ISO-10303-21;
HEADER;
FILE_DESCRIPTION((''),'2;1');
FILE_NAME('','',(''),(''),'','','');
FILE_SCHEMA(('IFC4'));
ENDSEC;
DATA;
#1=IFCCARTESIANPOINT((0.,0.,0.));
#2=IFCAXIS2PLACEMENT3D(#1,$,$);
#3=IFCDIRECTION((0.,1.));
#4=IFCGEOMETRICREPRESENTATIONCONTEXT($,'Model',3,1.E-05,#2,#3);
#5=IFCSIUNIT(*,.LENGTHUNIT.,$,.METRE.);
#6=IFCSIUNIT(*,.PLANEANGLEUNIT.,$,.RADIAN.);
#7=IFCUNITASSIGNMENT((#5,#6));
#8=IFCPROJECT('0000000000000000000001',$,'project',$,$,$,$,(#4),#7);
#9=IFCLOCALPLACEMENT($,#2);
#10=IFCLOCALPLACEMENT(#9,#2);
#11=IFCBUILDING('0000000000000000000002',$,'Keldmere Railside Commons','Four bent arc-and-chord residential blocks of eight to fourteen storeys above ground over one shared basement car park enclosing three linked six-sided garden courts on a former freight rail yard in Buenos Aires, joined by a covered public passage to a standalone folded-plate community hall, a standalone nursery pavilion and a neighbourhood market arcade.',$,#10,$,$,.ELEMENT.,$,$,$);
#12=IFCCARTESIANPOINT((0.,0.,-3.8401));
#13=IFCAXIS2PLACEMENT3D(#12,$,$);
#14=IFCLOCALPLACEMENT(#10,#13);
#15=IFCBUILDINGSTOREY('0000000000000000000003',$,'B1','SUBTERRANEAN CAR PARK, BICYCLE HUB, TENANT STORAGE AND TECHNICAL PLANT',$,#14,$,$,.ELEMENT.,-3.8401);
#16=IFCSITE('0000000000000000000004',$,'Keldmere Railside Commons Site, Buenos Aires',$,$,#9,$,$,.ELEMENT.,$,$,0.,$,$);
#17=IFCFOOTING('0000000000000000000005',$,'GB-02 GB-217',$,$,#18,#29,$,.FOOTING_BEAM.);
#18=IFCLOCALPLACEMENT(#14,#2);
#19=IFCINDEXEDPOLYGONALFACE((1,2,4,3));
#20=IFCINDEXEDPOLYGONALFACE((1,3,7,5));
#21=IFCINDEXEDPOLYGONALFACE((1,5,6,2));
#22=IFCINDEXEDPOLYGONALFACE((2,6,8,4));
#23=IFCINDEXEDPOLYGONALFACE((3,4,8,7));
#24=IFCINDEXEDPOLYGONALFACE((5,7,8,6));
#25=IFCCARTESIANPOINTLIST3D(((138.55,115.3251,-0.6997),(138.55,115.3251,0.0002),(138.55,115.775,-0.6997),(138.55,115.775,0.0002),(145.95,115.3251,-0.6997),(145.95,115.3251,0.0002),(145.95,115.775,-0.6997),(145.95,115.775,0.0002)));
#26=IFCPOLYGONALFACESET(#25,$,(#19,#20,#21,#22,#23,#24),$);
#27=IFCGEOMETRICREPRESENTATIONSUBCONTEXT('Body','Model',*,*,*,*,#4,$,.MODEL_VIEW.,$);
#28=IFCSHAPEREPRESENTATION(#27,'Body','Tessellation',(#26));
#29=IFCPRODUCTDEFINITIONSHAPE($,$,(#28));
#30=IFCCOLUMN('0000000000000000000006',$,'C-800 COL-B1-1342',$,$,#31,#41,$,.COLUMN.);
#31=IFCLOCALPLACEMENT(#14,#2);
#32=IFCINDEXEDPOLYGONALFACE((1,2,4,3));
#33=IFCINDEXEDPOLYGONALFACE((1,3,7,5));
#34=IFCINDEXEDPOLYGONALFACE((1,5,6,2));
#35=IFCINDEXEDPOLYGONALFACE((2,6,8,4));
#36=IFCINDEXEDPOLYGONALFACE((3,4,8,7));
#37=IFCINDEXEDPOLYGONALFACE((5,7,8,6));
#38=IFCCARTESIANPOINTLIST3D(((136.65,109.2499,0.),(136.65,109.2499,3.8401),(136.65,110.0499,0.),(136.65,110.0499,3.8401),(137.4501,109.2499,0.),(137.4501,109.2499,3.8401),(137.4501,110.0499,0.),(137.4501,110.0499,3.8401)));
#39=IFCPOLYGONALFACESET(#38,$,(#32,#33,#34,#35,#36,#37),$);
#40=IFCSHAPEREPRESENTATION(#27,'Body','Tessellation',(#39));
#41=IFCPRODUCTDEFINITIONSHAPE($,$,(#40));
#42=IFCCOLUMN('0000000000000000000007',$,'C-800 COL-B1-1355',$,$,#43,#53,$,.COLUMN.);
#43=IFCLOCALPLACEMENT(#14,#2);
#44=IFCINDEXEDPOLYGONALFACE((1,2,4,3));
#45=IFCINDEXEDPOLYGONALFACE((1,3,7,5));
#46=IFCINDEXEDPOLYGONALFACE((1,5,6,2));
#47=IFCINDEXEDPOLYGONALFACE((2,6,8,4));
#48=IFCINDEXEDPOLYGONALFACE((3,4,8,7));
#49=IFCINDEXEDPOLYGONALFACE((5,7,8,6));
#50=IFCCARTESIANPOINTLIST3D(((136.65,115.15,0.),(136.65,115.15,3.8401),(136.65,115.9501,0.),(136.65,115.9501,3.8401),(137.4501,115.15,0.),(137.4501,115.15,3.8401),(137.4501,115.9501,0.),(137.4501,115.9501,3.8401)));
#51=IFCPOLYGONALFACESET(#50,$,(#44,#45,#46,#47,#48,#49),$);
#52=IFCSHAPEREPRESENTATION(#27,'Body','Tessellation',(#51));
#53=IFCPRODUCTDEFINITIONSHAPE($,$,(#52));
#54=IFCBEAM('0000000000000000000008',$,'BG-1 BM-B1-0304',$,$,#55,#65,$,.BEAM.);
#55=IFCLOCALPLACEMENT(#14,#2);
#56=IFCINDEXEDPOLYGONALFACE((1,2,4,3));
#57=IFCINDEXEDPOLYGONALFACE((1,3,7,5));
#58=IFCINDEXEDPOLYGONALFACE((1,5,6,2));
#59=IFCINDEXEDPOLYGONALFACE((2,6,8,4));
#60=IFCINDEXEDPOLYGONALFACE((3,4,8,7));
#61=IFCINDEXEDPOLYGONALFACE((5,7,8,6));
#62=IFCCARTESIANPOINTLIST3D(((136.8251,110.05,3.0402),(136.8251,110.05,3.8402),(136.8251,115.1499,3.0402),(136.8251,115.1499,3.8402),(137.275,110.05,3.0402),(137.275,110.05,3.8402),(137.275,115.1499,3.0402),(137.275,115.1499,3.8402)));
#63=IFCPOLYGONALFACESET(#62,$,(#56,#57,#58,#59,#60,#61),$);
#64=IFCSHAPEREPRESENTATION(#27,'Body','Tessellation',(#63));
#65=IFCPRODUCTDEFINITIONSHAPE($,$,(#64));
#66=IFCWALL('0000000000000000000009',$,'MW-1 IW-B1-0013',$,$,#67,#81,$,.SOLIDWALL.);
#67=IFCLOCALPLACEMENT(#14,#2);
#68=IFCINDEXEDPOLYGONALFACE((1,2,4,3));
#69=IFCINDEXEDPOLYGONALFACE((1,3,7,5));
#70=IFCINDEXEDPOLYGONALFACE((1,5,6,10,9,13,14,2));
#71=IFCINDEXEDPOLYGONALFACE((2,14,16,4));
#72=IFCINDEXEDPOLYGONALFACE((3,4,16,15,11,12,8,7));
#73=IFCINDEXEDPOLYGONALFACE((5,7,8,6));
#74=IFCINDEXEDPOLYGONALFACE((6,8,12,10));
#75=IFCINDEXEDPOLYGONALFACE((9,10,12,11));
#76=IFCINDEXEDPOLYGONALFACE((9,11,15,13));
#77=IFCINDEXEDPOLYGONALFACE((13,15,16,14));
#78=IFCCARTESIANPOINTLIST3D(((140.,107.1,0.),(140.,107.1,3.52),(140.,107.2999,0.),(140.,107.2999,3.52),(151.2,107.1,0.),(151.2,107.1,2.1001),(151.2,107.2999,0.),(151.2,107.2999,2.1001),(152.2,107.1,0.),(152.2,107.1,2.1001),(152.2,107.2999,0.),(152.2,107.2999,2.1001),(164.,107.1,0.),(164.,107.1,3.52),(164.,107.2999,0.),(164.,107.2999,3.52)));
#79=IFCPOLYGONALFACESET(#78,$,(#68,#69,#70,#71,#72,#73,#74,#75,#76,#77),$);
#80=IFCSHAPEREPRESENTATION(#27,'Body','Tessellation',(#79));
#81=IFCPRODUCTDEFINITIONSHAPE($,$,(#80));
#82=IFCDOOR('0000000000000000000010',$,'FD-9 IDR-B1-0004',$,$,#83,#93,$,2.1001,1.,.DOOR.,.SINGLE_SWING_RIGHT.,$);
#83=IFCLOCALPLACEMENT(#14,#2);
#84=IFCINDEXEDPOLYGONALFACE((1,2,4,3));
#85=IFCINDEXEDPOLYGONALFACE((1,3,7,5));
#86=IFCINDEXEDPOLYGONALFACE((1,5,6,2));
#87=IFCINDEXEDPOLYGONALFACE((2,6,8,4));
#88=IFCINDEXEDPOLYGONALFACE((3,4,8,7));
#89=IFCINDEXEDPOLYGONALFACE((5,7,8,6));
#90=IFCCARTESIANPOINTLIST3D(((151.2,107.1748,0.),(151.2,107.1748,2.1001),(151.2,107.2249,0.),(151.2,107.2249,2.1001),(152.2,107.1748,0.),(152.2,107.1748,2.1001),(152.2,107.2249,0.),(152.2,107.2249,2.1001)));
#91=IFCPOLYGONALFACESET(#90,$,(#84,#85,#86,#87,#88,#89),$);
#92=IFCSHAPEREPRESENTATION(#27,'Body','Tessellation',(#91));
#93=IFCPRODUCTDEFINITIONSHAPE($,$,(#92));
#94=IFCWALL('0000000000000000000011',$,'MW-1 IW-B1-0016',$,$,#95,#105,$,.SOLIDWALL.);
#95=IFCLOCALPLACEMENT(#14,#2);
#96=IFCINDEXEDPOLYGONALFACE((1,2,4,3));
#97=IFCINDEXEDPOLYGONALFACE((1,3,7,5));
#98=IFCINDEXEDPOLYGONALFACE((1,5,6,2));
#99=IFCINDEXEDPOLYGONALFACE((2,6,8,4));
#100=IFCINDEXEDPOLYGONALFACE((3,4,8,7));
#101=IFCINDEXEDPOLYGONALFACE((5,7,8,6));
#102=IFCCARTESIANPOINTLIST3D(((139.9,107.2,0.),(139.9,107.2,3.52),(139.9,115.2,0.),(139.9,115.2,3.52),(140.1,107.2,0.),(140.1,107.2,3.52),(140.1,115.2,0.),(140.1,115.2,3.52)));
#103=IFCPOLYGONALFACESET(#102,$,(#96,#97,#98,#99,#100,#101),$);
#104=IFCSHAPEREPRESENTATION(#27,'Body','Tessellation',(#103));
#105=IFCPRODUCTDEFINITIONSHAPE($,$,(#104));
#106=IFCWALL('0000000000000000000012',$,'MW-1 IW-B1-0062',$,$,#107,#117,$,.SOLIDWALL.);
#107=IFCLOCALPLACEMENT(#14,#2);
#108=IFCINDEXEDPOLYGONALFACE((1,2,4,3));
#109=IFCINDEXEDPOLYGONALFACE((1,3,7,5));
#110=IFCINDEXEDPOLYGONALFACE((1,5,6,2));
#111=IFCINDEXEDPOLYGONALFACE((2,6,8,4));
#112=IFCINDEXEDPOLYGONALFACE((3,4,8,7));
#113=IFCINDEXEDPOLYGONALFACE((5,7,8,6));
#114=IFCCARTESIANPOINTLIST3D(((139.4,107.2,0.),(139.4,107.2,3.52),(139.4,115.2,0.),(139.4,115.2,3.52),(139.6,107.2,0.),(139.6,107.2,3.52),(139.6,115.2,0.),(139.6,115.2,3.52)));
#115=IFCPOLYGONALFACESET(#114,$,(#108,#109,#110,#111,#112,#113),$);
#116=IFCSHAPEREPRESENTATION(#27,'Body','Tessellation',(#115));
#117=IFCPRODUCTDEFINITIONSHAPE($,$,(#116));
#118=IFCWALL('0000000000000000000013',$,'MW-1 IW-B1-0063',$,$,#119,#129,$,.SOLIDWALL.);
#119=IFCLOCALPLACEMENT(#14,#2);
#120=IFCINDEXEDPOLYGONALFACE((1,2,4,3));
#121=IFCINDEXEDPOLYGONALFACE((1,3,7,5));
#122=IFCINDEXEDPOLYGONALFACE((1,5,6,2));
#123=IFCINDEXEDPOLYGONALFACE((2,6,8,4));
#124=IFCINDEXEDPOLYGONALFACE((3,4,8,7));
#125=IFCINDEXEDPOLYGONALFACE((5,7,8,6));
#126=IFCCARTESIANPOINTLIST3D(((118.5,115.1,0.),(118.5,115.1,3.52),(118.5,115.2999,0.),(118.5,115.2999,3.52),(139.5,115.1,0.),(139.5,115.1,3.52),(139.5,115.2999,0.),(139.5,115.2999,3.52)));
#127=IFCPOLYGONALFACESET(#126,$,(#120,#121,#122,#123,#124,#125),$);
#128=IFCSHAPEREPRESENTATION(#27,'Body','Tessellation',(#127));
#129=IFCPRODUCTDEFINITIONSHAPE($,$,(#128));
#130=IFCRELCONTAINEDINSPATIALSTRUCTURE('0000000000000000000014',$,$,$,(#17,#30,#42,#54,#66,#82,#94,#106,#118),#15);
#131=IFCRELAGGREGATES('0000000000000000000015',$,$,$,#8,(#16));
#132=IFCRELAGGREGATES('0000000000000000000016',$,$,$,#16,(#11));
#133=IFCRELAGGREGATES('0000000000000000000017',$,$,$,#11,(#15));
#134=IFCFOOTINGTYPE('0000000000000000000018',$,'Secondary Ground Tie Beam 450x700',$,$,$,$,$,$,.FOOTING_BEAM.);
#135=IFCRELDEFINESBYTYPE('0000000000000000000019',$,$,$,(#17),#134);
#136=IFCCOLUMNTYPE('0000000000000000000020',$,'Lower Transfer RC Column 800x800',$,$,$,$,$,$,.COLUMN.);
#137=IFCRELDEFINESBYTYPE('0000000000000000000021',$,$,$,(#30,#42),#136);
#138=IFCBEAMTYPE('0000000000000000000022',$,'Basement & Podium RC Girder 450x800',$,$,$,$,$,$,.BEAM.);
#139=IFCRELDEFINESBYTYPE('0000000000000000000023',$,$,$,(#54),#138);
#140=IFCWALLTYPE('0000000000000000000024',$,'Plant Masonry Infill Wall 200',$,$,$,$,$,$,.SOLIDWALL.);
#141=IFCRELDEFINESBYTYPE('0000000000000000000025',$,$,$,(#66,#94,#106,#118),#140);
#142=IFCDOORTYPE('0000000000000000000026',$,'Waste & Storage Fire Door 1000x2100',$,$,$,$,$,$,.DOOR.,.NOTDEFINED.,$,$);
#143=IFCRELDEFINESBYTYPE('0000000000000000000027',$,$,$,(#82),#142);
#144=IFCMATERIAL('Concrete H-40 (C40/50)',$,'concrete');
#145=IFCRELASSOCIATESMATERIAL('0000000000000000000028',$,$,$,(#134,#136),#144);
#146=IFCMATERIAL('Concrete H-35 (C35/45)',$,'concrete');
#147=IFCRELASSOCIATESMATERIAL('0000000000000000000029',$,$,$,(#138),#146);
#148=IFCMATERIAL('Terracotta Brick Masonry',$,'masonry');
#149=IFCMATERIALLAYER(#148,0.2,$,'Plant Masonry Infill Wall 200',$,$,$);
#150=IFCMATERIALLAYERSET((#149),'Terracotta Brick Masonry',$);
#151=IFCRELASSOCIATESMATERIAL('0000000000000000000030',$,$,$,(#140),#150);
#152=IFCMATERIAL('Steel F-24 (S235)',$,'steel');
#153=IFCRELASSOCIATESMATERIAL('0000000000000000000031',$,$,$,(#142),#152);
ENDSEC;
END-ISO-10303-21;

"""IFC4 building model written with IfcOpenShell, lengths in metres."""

from ifc_helpers import new_model, si_unit, direction, frame, frame_2d, origin, origin_2d, place, context, subcontext, project, spatial, rectangle, extrude, material, layer, layer_set, material_profile, profile_set, type_object, element, fill, save


model = new_model("IFC4")

# Units and contexts
model_context = context("Model", 3, precision=1e-05, world=origin(), true_north=direction((0.0, 1.0)))
body_context = subcontext(model_context, "Body", "Model", "MODEL_VIEW")
ifc_project = project(units=[si_unit("LENGTHUNIT", "METRE"), si_unit("PLANEANGLEUNIT", "RADIAN")], contexts=[model_context])

# Site, building, storey
site_placement = place(None, origin())
site = spatial("IfcSite", under=ifc_project, at=site_placement, Name="Keldmere Railside Commons Site, Buenos Aires", CompositionType="ELEMENT", RefElevation=0.0)
building_placement = place(site_placement, origin())
building = spatial("IfcBuilding", under=site, at=building_placement, Name="Keldmere Railside Commons", Description="Four bent arc-and-chord residential blocks of eight to fourteen storeys above ground over one shared basement car park enclosing three linked six-sided garden courts on a former freight rail yard in Buenos Aires, joined by a covered public passage to a standalone folded-plate community hall, a standalone nursery pavilion and a neighbourhood market arcade.", CompositionType="ELEMENT")
storey_placement = place(building_placement, frame((0.0, 0.0, -3.8401)))
storey = spatial("IfcBuildingStorey", under=building, at=storey_placement, Name="B1", Description="SUBTERRANEAN CAR PARK, BICYCLE HUB, TENANT STORAGE AND TECHNICAL PLANT", CompositionType="ELEMENT", Elevation=-3.8401)

# Footing
ifc_material_1 = material(Name="Concrete H-40 (C40/50)", Category="concrete")
footing_type_1 = type_object("IfcFootingType", Name="Secondary Ground Tie Beam 450x700", PredefinedType="FOOTING_BEAM", material=ifc_material_1)
footing_1_placement = place(storey_placement, frame((142.25, 115.55, -0.6997), z_axis=(0.0, 0.0, 1.0), x_axis=(1.0, 0.0, 0.0)))
element("IfcFooting", 1, at=footing_1_placement, inside=storey, type_object=footing_type_1, Name="GB-02 GB-217", PredefinedType="FOOTING_BEAM", context=body_context, shape_type="SweptSolid", body=[
    extrude(rectangle(XDim=7.3999, YDim=0.45, at=origin_2d()), origin(), (0.0, 0.0, 1.0), 0.7),
])

# Columns
ifc_material_profile_1 = material_profile(ifc_material_1, rectangle(XDim=0.8, YDim=0.8, at=origin_2d()), Name="RC-800x800")
ifc_profile_set_1 = profile_set([ifc_material_profile_1], Name="Concrete H-40 (C40/50)")
column_type = type_object("IfcColumnType", Name="Lower Transfer RC Column 800x800", PredefinedType="COLUMN", material=ifc_profile_set_1)
for number, where, z_axis, x_axis, name in (
    (2, (137.05, 109.6499, 0.0), (0.0, 0.0, 1.0), (1.0, 0.0, 0.0), "C-800 COL-B1-1342"),
    (3, (137.05, 115.55, 0.0), (0.0, 0.0, 1.0), (1.0, 0.0, 0.0), "C-800 COL-B1-1355"),
):
    element("IfcColumn", number, at=place(storey_placement, frame(where, z_axis=z_axis, x_axis=x_axis)), inside=storey, type_object=column_type, Name=name, PredefinedType="COLUMN", context=body_context, shape_type="SweptSolid", body=[
        extrude(rectangle(XDim=0.8, YDim=0.8, at=origin_2d()), origin(), (0.0, 0.0, 1.0), 3.8401),
    ])

# Beam
ifc_material_2 = material(Name="Concrete H-35 (C35/45)", Category="concrete")
ifc_material_profile_2 = material_profile(ifc_material_2, rectangle(XDim=0.45, YDim=0.8, at=origin_2d()), Name="RC-450x800")
ifc_profile_set_2 = profile_set([ifc_material_profile_2], Name="Concrete H-35 (C35/45)")
beam_type = type_object("IfcBeamType", Name="Basement & Podium RC Girder 450x800", PredefinedType="BEAM", material=ifc_profile_set_2)
beam_placement = place(storey_placement, frame((137.05, 110.05, 3.4402), z_axis=(0.0, 1.0, 0.0), x_axis=(-1.0, 0.0, 0.0)))
element("IfcBeam", 4, at=beam_placement, inside=storey, type_object=beam_type, Name="BG-1 BM-B1-0304", PredefinedType="BEAM", context=body_context, shape_type="SweptSolid", body=[
    extrude(rectangle(XDim=0.45, YDim=0.8, at=origin_2d()), origin(), (0.0, 0.0, 1.0), 5.0999),
])

# Wall, opening, door
ifc_material_3 = material(Name="Terracotta Brick Masonry", Category="masonry")
ifc_layer = layer(ifc_material_3, 0.2, Name="Plant Masonry Infill Wall 200")
ifc_layer_set = layer_set([ifc_layer], Name="Terracotta Brick Masonry")
wall_type = type_object("IfcWallType", Name="Plant Masonry Infill Wall 200", PredefinedType="SOLIDWALL", material=ifc_layer_set)
wall_1_placement = place(storey_placement, frame((140.0, 107.2, 0.0), z_axis=(0.0, 0.0, 1.0), x_axis=(1.0, 0.0, 0.0)))
wall_1 = element("IfcWall", 5, at=wall_1_placement, inside=storey, type_object=wall_type, Name="MW-1 IW-B1-0013", PredefinedType="SOLIDWALL", context=body_context, shape_type="SweptSolid", body=[
    extrude(rectangle(XDim=24.0, YDim=0.2, at=frame_2d((12.0, 0.0))), origin(), (0.0, 0.0, 1.0), 3.52),
])
opening_placement = place(wall_1_placement, frame((11.2, 0.0, 0.0)))
opening = element("IfcOpeningElement", 6, at=opening_placement, cuts=wall_1, PredefinedType="OPENING", context=body_context, shape_type="SweptSolid", body=[
    extrude(rectangle(XDim=1.0, YDim=2.1001, at=frame_2d((0.5, 1.05))), frame((0.0, 0.1099, 0.0), z_axis=(0.0, -1.0, 0.0), x_axis=(1.0, 0.0, 0.0)), (0.0, 0.0, 1.0), 0.22),
])
ifc_material_4 = material(Name="Steel F-24 (S235)", Category="steel")
door_type = type_object("IfcDoorType", Name="Waste & Storage Fire Door 1000x2100", OperationType="NOTDEFINED", PredefinedType="DOOR", material=ifc_material_4)
door_placement = place(opening_placement, origin())
door = element("IfcDoor", 7, at=door_placement, inside=storey, type_object=door_type, Name="FD-9 IDR-B1-0004", OperationType="SINGLE_SWING_RIGHT", OverallHeight=2.1001, OverallWidth=1.0, PredefinedType="DOOR", context=body_context, shape_type="SweptSolid", body=[
    extrude(rectangle(XDim=1.0, YDim=2.1001, at=frame_2d((0.5, 1.05))), frame((0.0, 0.0249, 0.0), z_axis=(0.0, -1.0, 0.0), x_axis=(1.0, 0.0, 0.0)), (0.0, 0.0, 1.0), 0.05),
])
fill(opening, door)

# Walls
for number, where, z_axis, x_axis, name in (
    (8, (140.0, 115.2, 0.0), (0.0, 0.0, 1.0), (0.0, -1.0, 0.0), "MW-1 IW-B1-0016"),
    (9, (139.5, 107.2, 0.0), (0.0, 0.0, 1.0), (0.0, 1.0, 0.0), "MW-1 IW-B1-0062"),
):
    element("IfcWall", number, at=place(storey_placement, frame(where, z_axis=z_axis, x_axis=x_axis)), inside=storey, type_object=wall_type, Name=name, PredefinedType="SOLIDWALL", context=body_context, shape_type="SweptSolid", body=[
        extrude(rectangle(XDim=8.0, YDim=0.2, at=frame_2d((4.0, 0.0))), origin(), (0.0, 0.0, 1.0), 3.52),
    ])
wall_2_placement = place(storey_placement, frame((139.5, 115.2, 0.0), z_axis=(0.0, 0.0, 1.0), x_axis=(-1.0, 0.0, 0.0)))
element("IfcWall", 10, at=wall_2_placement, inside=storey, type_object=wall_type, Name="MW-1 IW-B1-0063", PredefinedType="SOLIDWALL", context=body_context, shape_type="SweptSolid", body=[
    extrude(rectangle(XDim=21.0, YDim=0.2, at=frame_2d((10.5, 0.0))), origin(), (0.0, 0.0, 1.0), 3.52),
])

save(model, "model.ifc")
